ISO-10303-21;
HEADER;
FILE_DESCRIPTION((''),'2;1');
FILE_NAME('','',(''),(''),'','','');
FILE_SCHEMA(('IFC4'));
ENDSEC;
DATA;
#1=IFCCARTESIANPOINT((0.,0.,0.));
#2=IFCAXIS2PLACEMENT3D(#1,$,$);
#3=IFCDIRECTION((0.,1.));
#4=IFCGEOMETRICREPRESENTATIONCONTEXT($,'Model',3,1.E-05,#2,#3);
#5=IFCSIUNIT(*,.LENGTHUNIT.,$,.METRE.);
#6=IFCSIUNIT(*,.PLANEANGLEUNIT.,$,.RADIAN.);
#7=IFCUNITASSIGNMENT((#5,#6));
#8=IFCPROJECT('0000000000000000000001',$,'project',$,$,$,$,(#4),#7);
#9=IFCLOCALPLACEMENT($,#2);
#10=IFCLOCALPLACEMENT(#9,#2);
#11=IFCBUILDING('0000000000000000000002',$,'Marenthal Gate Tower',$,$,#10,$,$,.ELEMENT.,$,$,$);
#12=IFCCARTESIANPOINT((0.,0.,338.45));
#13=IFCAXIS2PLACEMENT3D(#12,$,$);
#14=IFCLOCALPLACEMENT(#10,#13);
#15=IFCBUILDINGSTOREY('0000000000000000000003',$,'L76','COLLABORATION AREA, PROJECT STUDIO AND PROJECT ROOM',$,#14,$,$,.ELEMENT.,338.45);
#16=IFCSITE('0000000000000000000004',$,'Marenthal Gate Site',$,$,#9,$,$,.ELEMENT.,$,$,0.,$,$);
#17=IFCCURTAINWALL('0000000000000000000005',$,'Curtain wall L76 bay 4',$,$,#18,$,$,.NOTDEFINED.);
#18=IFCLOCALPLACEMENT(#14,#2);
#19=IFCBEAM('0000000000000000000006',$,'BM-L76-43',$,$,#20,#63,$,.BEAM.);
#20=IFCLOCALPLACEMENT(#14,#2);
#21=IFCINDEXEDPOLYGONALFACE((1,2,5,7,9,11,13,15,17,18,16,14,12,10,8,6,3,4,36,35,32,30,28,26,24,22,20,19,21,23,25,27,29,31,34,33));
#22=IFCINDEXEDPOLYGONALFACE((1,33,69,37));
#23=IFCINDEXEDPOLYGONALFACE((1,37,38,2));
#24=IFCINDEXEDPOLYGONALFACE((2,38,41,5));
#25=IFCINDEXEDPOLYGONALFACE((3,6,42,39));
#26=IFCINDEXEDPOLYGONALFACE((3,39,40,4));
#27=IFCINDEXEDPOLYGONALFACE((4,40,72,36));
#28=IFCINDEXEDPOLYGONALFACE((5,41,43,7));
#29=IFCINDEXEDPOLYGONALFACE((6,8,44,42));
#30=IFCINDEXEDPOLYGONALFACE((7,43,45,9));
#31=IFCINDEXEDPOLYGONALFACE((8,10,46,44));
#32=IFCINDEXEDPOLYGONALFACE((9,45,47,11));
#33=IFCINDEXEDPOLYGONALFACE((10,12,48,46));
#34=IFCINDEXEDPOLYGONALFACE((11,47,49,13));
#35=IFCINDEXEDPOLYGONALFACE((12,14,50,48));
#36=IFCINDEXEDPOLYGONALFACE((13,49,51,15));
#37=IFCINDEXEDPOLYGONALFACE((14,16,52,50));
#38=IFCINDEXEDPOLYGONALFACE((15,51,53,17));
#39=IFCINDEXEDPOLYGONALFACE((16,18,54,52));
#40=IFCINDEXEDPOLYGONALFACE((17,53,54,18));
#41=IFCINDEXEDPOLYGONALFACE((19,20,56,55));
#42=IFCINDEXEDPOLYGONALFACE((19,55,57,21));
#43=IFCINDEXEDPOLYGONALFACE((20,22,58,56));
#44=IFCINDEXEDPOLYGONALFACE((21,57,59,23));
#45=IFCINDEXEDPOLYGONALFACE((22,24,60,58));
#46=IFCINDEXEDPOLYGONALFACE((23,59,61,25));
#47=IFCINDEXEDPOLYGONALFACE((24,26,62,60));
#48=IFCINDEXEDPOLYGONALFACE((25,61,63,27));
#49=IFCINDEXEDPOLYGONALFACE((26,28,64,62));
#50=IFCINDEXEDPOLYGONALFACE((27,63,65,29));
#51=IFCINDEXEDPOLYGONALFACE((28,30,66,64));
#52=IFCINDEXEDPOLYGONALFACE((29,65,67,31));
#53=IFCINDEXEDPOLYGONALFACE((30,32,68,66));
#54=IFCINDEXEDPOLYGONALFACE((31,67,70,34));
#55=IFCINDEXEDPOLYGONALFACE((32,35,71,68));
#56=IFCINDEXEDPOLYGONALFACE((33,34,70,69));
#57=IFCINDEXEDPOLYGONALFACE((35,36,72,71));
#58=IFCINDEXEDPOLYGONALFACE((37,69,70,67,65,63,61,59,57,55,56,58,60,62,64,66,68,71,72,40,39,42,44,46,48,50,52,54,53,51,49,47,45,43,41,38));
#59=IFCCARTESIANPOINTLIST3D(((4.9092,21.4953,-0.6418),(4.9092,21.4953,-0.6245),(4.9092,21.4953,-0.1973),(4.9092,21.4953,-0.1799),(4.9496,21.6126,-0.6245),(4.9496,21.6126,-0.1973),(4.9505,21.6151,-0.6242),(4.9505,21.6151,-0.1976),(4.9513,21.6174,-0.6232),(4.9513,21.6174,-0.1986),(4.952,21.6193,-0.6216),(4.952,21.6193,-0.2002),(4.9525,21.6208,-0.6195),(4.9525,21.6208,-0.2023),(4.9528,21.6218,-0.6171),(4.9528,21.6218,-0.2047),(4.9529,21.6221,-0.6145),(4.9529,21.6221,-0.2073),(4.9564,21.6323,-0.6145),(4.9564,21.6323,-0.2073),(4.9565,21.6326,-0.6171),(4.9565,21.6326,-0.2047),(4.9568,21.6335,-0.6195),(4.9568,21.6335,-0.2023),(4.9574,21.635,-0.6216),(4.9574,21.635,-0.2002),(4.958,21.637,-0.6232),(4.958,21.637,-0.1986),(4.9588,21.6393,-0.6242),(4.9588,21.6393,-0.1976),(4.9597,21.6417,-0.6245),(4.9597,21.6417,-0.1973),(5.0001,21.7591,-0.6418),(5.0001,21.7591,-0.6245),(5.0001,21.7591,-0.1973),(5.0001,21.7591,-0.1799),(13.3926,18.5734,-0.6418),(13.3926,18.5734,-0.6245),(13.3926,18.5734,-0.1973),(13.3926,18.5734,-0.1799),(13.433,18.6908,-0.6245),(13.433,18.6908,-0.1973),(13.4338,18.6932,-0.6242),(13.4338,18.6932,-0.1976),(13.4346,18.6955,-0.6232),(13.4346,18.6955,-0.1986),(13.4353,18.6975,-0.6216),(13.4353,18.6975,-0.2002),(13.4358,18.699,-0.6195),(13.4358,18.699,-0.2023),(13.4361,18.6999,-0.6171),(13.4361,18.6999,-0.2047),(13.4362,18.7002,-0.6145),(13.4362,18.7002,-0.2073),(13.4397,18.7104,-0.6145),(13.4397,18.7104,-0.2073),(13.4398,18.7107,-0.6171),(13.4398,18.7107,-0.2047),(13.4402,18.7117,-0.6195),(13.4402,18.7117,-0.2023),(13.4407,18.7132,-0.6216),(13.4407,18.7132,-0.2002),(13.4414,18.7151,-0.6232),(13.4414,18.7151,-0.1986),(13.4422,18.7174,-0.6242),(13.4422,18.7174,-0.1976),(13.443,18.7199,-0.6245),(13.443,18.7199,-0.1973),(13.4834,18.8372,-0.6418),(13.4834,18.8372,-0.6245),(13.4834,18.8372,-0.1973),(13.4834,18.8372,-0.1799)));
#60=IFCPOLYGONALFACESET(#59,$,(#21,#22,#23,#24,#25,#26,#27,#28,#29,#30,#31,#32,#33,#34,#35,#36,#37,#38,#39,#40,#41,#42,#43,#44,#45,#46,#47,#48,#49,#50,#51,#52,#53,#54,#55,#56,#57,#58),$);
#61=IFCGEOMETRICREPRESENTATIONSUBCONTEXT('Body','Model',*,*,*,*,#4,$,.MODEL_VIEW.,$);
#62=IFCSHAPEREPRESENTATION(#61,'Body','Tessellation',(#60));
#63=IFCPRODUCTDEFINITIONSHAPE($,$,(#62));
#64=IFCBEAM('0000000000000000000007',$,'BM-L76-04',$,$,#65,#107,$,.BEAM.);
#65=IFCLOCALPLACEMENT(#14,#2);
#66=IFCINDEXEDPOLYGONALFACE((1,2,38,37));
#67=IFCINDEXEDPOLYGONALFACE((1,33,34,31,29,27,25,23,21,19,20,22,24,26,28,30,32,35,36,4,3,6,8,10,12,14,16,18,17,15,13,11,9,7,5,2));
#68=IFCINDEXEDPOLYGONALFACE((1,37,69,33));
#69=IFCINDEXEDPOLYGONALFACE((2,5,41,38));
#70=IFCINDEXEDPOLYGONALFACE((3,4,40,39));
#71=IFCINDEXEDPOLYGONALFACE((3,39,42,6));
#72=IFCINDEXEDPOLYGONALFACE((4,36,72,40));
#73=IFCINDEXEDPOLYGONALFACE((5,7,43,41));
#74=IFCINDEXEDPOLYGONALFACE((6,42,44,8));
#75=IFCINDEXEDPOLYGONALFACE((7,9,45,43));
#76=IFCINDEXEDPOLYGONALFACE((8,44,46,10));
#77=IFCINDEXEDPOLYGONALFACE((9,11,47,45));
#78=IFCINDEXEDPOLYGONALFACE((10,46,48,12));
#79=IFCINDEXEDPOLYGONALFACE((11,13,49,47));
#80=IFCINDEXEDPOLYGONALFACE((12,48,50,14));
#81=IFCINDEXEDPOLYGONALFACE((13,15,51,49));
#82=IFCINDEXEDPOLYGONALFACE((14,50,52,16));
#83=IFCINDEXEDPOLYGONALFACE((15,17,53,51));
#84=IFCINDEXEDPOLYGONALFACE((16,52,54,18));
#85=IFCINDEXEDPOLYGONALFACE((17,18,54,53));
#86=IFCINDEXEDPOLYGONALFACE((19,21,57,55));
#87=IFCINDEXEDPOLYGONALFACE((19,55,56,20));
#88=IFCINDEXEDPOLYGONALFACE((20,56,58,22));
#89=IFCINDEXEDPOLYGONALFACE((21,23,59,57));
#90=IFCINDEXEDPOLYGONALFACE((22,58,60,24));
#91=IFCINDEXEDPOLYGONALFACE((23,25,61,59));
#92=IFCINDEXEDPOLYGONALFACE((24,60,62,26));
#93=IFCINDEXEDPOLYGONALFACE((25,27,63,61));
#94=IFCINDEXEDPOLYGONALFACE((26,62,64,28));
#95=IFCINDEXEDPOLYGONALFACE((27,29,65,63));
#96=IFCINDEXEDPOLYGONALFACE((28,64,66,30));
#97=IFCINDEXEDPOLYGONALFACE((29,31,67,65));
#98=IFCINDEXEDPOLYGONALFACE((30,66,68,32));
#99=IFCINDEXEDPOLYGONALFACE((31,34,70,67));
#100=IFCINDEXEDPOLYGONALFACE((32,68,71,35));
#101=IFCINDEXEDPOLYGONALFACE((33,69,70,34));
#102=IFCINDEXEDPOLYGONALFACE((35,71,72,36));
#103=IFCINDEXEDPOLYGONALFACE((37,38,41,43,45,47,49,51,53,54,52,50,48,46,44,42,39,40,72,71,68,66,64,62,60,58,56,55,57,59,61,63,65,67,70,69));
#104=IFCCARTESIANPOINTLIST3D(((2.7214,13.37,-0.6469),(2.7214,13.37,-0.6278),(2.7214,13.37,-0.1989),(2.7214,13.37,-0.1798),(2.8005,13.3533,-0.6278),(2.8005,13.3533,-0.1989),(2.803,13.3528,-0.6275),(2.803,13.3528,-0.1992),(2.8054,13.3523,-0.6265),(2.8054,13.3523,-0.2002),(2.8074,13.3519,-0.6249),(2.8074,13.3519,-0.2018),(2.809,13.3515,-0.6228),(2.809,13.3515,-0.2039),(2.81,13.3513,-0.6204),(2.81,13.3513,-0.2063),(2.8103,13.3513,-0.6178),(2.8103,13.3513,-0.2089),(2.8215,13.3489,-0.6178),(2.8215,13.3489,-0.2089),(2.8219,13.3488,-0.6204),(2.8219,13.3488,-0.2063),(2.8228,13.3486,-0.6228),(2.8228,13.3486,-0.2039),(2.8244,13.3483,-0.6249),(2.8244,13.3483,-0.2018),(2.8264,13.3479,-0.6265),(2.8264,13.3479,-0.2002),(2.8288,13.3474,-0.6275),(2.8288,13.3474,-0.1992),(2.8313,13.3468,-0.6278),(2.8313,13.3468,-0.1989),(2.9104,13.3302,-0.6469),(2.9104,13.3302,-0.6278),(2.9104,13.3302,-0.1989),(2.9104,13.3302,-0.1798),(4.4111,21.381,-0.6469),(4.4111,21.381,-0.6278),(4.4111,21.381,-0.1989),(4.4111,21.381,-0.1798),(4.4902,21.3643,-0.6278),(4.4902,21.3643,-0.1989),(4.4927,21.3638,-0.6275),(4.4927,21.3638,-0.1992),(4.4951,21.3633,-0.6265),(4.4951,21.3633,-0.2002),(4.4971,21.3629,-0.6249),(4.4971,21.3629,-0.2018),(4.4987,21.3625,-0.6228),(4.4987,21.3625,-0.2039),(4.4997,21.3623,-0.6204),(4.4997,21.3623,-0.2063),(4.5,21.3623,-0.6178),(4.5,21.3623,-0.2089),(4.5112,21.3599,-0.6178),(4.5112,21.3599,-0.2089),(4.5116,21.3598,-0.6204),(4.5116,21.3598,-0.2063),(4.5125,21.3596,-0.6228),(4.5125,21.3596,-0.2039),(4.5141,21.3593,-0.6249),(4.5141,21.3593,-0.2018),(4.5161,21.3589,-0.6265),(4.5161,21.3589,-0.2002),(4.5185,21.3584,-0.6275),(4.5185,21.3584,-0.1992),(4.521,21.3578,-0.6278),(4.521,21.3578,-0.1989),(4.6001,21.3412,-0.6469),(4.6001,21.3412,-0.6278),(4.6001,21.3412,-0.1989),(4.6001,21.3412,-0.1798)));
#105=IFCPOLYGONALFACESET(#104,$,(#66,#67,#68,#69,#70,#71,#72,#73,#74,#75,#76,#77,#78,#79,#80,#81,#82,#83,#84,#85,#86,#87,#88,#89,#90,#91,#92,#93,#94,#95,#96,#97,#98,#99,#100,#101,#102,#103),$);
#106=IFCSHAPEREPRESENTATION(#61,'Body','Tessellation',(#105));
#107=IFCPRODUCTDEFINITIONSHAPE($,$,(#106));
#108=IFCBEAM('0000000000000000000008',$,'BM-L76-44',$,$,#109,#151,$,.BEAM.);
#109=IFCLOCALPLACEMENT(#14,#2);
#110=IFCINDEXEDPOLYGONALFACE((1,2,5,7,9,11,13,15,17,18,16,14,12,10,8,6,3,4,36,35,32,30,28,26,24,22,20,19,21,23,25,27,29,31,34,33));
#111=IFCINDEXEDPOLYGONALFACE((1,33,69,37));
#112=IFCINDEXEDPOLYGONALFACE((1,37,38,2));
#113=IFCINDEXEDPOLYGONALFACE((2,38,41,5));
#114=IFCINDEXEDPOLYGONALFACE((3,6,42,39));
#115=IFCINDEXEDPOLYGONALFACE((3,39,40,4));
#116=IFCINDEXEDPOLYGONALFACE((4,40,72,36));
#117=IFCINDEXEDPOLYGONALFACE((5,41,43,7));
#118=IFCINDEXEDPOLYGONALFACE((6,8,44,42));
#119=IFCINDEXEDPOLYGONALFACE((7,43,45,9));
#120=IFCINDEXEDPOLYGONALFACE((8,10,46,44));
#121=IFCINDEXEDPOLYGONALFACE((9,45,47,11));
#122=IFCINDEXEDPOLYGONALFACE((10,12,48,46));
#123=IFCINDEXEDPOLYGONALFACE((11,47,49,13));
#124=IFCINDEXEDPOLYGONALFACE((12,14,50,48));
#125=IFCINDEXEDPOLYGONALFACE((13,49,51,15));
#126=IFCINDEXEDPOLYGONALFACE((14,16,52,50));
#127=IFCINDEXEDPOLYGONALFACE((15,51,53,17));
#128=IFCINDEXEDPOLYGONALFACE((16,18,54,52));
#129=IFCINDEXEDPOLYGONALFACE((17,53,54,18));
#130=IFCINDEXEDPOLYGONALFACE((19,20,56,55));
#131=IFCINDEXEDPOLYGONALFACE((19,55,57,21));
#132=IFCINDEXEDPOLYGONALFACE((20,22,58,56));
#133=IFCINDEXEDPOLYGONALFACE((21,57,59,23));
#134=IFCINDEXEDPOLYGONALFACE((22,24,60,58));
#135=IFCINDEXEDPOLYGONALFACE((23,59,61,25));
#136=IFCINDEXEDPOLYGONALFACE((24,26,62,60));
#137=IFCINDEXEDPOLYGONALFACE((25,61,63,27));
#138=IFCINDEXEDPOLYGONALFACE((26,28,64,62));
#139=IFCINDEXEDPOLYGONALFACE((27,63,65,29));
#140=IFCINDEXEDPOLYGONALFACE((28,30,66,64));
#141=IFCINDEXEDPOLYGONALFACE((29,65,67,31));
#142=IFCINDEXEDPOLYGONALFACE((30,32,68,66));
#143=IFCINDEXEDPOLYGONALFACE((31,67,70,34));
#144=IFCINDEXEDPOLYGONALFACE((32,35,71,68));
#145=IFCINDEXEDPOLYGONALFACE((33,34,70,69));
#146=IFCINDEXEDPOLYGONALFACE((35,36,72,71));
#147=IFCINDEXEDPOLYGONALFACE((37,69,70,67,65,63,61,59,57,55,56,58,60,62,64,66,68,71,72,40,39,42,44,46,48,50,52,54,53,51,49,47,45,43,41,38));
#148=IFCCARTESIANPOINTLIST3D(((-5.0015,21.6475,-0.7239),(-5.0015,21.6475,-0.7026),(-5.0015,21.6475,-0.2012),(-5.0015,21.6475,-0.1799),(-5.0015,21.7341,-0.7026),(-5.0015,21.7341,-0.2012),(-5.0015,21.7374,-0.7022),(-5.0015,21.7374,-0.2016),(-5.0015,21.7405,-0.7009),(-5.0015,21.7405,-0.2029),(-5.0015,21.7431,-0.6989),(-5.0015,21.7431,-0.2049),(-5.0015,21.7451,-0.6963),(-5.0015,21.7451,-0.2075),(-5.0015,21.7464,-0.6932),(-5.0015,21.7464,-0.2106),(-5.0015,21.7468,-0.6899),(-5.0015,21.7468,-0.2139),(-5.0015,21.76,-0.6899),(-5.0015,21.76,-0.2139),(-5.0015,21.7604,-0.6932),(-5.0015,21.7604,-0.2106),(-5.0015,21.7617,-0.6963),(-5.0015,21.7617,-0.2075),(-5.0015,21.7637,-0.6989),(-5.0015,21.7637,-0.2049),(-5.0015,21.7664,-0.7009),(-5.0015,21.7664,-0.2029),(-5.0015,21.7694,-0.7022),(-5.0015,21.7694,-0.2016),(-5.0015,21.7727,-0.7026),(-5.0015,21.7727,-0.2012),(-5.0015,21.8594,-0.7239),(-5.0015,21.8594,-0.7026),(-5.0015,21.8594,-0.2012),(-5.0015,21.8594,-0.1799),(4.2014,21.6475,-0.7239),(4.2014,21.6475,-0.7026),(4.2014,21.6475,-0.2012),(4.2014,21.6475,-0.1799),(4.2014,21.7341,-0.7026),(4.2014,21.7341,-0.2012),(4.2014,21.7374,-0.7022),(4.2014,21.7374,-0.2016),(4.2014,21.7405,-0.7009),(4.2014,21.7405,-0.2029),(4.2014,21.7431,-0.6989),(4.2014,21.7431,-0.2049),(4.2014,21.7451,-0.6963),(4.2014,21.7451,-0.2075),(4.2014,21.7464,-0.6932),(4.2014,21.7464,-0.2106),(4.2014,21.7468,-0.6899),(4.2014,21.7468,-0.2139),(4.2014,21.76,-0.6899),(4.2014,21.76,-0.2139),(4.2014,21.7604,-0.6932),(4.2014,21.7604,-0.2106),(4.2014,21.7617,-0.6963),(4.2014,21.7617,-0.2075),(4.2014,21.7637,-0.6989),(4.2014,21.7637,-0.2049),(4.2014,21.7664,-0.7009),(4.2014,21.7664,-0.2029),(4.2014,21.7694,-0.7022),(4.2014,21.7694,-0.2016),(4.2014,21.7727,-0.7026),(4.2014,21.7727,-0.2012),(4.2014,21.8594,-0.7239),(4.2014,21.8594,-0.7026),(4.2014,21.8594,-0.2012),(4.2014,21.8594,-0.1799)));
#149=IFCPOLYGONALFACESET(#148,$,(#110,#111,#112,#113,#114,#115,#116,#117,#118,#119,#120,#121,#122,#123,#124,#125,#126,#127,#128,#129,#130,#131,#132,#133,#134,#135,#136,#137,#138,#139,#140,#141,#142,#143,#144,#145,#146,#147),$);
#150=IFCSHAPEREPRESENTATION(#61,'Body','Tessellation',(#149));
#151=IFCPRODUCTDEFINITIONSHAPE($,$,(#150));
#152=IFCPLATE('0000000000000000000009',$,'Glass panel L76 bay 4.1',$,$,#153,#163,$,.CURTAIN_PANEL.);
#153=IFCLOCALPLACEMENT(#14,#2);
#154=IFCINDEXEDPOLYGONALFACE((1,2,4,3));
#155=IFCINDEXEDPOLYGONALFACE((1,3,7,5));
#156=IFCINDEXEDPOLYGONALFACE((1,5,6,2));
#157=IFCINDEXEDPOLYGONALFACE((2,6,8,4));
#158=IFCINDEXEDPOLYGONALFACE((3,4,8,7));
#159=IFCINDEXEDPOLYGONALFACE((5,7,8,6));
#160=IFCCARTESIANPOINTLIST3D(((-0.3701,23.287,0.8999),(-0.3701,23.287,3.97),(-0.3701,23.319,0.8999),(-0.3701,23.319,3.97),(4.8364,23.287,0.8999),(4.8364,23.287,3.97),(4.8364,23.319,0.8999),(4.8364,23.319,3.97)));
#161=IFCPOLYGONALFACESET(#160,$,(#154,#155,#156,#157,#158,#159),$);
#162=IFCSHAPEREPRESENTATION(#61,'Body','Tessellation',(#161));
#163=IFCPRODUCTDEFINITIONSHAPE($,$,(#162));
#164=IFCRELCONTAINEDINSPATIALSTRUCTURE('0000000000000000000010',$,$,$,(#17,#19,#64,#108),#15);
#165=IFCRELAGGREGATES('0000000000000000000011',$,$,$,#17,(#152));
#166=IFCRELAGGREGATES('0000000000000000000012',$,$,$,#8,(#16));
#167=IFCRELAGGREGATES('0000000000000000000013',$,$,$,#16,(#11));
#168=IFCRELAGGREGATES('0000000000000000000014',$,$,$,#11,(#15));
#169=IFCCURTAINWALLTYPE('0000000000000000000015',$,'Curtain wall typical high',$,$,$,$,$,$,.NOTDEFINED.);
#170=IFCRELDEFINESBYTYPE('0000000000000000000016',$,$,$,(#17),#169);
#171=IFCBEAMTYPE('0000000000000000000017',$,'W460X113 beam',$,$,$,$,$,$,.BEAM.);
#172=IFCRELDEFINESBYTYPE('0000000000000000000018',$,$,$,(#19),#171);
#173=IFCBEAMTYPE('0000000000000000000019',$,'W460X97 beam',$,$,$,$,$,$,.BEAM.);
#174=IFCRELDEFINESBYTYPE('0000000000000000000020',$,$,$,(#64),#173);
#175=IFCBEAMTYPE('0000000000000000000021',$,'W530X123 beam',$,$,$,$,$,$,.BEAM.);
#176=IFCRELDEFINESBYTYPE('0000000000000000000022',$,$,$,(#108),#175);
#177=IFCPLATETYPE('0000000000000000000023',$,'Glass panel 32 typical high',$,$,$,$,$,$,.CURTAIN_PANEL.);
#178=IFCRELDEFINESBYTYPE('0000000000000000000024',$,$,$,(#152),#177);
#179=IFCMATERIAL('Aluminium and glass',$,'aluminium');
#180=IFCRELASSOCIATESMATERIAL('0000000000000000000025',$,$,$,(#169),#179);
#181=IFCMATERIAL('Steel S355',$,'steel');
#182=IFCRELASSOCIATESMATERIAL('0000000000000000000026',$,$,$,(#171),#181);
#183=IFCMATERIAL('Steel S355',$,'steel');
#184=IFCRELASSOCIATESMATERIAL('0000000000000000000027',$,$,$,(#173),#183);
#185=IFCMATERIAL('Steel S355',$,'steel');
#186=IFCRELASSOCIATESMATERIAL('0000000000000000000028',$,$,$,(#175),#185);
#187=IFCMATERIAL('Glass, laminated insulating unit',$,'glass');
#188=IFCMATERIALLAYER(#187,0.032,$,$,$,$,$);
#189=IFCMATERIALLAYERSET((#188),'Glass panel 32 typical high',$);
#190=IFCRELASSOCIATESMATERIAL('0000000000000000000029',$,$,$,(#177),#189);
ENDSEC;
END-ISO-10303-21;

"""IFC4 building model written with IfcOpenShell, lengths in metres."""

from ifc_helpers import new_model, si_unit, direction, frame, origin, origin_2d, place, context, subcontext, project, spatial, rectangle, i_section, extrude, material, layer, layer_set, material_profile, profile_set, type_object, element, aggregate, save


model = new_model("IFC4")

# Units and contexts
model_context = context("Model", 3, precision=1e-05, world=origin(), true_north=direction((0.0, 1.0)))
body_context = subcontext(model_context, "Body", "Model", "MODEL_VIEW")
ifc_project = project(units=[si_unit("LENGTHUNIT", "METRE"), si_unit("PLANEANGLEUNIT", "RADIAN")], contexts=[model_context])

# Site, building, storey
site_placement = place(None, origin())
site = spatial("IfcSite", under=ifc_project, at=site_placement, Name="Marenthal Gate Site", CompositionType="ELEMENT", RefElevation=0.0)
building_placement = place(site_placement, origin())
building = spatial("IfcBuilding", under=site, at=building_placement, Name="Marenthal Gate Tower", CompositionType="ELEMENT")
storey_placement = place(building_placement, frame((0.0, 0.0, 338.45)))
storey = spatial("IfcBuildingStorey", under=building, at=storey_placement, Name="L76", Description="COLLABORATION AREA, PROJECT STUDIO AND PROJECT ROOM", CompositionType="ELEMENT", Elevation=338.45)

# Curtain wall
ifc_material_1 = material(Name="Aluminium and glass", Category="aluminium")
curtain_wall_type = type_object("IfcCurtainWallType", Name="Curtain wall typical high", PredefinedType="NOTDEFINED", material=ifc_material_1)
curtain_wall_placement = place(storey_placement, origin())
curtain_wall = element("IfcCurtainWall", 1, at=curtain_wall_placement, inside=storey, type_object=curtain_wall_type, Name="Curtain wall L76 bay 4", PredefinedType="NOTDEFINED")

# Beams
ifc_material_2 = material(Name="Steel S355", Category="steel")
ifc_material_profile_1 = material_profile(ifc_material_2, i_section(OverallWidth=0.2791, OverallDepth=0.4619, WebThickness=0.0107, FlangeThickness=0.0173, FilletRadius=0.01, at=origin_2d()), Name="W460X113")
ifc_profile_set_1 = profile_set([ifc_material_profile_1], Name="Steel S355")
beam_type_1 = type_object("IfcBeamType", Name="W460X113 beam", PredefinedType="BEAM", material=ifc_profile_set_1)
beam_1_placement = place(storey_placement, frame((13.438, 18.7053, -0.4109), z_axis=(-0.945491, 0.325649, 0.0), x_axis=(-0.325649, -0.945491, 0.0)))
element("IfcBeam", 2, at=beam_1_placement, inside=storey, type_object=beam_type_1, Name="BM-L76-43", PredefinedType="BEAM", context=body_context, shape_type="SweptSolid", body=[
    extrude(i_section(OverallWidth=0.2791, OverallDepth=0.4619, WebThickness=0.0107, FlangeThickness=0.0173, FilletRadius=0.01, at=origin_2d()), origin(), (0.0, 0.0, 1.0), 8.9724),
])
ifc_material_3 = material(Name="Steel S355", Category="steel")
ifc_material_profile_2 = material_profile(ifc_material_3, i_section(OverallWidth=0.1931, OverallDepth=0.467, WebThickness=0.0115, FlangeThickness=0.019, FilletRadius=0.01, at=origin_2d()), Name="W460X97")
ifc_profile_set_2 = profile_set([ifc_material_profile_2], Name="Steel S355")
beam_type_2 = type_object("IfcBeamType", Name="W460X97 beam", PredefinedType="BEAM", material=ifc_profile_set_2)
beam_2_placement = place(storey_placement, frame((4.5056, 21.3611, -0.4133), z_axis=(-0.206382, -0.978472, 0.0), x_axis=(0.978472, -0.206382, 0.0)))
element("IfcBeam", 3, at=beam_2_placement, inside=storey, type_object=beam_type_2, Name="BM-L76-04", PredefinedType="BEAM", context=body_context, shape_type="SweptSolid", body=[
    extrude(i_section(OverallWidth=0.1931, OverallDepth=0.467, WebThickness=0.0115, FlangeThickness=0.019, FilletRadius=0.01, at=origin_2d()), origin(), (0.0, 0.0, 1.0), 8.1873),
])
ifc_material_4 = material(Name="Steel S355", Category="steel")
ifc_material_profile_3 = material_profile(ifc_material_4, i_section(OverallWidth=0.2119, OverallDepth=0.5439, WebThickness=0.0132, FlangeThickness=0.0212, FilletRadius=0.0127, at=origin_2d()), Name="W530X123")
ifc_profile_set_3 = profile_set([ifc_material_profile_3], Name="Steel S355")
beam_type_3 = type_object("IfcBeamType", Name="W530X123 beam", PredefinedType="BEAM", material=ifc_profile_set_3)
beam_3_placement = place(storey_placement, frame((4.2014, 21.7534, -0.4519), z_axis=(-1.0, 0.0, 0.0), x_axis=(0.0, -1.0, 0.0)))
element("IfcBeam", 4, at=beam_3_placement, inside=storey, type_object=beam_type_3, Name="BM-L76-44", PredefinedType="BEAM", context=body_context, shape_type="SweptSolid", body=[
    extrude(i_section(OverallWidth=0.2119, OverallDepth=0.5439, WebThickness=0.0132, FlangeThickness=0.0212, FilletRadius=0.0127, at=origin_2d()), origin(), (0.0, 0.0, 1.0), 9.2029),
])

# Plate
ifc_material_5 = material(Name="Glass, laminated insulating unit", Category="glass")
ifc_layer_1 = layer(ifc_material_5, 0.032)
ifc_layer_set_1 = layer_set([ifc_layer_1], Name="Glass panel 32 typical high")
plate_type = type_object("IfcPlateType", Name="Glass panel 32 typical high", PredefinedType="CURTAIN_PANEL", material=ifc_layer_set_1)
plate_placement = place(storey_placement, frame((2.2332, 23.303, 0.8999), z_axis=(0.0, 0.0, 1.0), x_axis=(-1.0, 0.0, 0.0)))
plate = element("IfcPlate", 5, at=plate_placement, type_object=plate_type, Name="Glass panel L76 bay 4.1", PredefinedType="CURTAIN_PANEL", context=body_context, shape_type="SweptSolid", body=[
    extrude(rectangle(XDim=5.2065, YDim=0.032, at=origin_2d()), origin(), (0.0, 0.0, 1.0), 3.0701),
])
aggregate(curtain_wall, [plate])

save(model, "model.ifc")
